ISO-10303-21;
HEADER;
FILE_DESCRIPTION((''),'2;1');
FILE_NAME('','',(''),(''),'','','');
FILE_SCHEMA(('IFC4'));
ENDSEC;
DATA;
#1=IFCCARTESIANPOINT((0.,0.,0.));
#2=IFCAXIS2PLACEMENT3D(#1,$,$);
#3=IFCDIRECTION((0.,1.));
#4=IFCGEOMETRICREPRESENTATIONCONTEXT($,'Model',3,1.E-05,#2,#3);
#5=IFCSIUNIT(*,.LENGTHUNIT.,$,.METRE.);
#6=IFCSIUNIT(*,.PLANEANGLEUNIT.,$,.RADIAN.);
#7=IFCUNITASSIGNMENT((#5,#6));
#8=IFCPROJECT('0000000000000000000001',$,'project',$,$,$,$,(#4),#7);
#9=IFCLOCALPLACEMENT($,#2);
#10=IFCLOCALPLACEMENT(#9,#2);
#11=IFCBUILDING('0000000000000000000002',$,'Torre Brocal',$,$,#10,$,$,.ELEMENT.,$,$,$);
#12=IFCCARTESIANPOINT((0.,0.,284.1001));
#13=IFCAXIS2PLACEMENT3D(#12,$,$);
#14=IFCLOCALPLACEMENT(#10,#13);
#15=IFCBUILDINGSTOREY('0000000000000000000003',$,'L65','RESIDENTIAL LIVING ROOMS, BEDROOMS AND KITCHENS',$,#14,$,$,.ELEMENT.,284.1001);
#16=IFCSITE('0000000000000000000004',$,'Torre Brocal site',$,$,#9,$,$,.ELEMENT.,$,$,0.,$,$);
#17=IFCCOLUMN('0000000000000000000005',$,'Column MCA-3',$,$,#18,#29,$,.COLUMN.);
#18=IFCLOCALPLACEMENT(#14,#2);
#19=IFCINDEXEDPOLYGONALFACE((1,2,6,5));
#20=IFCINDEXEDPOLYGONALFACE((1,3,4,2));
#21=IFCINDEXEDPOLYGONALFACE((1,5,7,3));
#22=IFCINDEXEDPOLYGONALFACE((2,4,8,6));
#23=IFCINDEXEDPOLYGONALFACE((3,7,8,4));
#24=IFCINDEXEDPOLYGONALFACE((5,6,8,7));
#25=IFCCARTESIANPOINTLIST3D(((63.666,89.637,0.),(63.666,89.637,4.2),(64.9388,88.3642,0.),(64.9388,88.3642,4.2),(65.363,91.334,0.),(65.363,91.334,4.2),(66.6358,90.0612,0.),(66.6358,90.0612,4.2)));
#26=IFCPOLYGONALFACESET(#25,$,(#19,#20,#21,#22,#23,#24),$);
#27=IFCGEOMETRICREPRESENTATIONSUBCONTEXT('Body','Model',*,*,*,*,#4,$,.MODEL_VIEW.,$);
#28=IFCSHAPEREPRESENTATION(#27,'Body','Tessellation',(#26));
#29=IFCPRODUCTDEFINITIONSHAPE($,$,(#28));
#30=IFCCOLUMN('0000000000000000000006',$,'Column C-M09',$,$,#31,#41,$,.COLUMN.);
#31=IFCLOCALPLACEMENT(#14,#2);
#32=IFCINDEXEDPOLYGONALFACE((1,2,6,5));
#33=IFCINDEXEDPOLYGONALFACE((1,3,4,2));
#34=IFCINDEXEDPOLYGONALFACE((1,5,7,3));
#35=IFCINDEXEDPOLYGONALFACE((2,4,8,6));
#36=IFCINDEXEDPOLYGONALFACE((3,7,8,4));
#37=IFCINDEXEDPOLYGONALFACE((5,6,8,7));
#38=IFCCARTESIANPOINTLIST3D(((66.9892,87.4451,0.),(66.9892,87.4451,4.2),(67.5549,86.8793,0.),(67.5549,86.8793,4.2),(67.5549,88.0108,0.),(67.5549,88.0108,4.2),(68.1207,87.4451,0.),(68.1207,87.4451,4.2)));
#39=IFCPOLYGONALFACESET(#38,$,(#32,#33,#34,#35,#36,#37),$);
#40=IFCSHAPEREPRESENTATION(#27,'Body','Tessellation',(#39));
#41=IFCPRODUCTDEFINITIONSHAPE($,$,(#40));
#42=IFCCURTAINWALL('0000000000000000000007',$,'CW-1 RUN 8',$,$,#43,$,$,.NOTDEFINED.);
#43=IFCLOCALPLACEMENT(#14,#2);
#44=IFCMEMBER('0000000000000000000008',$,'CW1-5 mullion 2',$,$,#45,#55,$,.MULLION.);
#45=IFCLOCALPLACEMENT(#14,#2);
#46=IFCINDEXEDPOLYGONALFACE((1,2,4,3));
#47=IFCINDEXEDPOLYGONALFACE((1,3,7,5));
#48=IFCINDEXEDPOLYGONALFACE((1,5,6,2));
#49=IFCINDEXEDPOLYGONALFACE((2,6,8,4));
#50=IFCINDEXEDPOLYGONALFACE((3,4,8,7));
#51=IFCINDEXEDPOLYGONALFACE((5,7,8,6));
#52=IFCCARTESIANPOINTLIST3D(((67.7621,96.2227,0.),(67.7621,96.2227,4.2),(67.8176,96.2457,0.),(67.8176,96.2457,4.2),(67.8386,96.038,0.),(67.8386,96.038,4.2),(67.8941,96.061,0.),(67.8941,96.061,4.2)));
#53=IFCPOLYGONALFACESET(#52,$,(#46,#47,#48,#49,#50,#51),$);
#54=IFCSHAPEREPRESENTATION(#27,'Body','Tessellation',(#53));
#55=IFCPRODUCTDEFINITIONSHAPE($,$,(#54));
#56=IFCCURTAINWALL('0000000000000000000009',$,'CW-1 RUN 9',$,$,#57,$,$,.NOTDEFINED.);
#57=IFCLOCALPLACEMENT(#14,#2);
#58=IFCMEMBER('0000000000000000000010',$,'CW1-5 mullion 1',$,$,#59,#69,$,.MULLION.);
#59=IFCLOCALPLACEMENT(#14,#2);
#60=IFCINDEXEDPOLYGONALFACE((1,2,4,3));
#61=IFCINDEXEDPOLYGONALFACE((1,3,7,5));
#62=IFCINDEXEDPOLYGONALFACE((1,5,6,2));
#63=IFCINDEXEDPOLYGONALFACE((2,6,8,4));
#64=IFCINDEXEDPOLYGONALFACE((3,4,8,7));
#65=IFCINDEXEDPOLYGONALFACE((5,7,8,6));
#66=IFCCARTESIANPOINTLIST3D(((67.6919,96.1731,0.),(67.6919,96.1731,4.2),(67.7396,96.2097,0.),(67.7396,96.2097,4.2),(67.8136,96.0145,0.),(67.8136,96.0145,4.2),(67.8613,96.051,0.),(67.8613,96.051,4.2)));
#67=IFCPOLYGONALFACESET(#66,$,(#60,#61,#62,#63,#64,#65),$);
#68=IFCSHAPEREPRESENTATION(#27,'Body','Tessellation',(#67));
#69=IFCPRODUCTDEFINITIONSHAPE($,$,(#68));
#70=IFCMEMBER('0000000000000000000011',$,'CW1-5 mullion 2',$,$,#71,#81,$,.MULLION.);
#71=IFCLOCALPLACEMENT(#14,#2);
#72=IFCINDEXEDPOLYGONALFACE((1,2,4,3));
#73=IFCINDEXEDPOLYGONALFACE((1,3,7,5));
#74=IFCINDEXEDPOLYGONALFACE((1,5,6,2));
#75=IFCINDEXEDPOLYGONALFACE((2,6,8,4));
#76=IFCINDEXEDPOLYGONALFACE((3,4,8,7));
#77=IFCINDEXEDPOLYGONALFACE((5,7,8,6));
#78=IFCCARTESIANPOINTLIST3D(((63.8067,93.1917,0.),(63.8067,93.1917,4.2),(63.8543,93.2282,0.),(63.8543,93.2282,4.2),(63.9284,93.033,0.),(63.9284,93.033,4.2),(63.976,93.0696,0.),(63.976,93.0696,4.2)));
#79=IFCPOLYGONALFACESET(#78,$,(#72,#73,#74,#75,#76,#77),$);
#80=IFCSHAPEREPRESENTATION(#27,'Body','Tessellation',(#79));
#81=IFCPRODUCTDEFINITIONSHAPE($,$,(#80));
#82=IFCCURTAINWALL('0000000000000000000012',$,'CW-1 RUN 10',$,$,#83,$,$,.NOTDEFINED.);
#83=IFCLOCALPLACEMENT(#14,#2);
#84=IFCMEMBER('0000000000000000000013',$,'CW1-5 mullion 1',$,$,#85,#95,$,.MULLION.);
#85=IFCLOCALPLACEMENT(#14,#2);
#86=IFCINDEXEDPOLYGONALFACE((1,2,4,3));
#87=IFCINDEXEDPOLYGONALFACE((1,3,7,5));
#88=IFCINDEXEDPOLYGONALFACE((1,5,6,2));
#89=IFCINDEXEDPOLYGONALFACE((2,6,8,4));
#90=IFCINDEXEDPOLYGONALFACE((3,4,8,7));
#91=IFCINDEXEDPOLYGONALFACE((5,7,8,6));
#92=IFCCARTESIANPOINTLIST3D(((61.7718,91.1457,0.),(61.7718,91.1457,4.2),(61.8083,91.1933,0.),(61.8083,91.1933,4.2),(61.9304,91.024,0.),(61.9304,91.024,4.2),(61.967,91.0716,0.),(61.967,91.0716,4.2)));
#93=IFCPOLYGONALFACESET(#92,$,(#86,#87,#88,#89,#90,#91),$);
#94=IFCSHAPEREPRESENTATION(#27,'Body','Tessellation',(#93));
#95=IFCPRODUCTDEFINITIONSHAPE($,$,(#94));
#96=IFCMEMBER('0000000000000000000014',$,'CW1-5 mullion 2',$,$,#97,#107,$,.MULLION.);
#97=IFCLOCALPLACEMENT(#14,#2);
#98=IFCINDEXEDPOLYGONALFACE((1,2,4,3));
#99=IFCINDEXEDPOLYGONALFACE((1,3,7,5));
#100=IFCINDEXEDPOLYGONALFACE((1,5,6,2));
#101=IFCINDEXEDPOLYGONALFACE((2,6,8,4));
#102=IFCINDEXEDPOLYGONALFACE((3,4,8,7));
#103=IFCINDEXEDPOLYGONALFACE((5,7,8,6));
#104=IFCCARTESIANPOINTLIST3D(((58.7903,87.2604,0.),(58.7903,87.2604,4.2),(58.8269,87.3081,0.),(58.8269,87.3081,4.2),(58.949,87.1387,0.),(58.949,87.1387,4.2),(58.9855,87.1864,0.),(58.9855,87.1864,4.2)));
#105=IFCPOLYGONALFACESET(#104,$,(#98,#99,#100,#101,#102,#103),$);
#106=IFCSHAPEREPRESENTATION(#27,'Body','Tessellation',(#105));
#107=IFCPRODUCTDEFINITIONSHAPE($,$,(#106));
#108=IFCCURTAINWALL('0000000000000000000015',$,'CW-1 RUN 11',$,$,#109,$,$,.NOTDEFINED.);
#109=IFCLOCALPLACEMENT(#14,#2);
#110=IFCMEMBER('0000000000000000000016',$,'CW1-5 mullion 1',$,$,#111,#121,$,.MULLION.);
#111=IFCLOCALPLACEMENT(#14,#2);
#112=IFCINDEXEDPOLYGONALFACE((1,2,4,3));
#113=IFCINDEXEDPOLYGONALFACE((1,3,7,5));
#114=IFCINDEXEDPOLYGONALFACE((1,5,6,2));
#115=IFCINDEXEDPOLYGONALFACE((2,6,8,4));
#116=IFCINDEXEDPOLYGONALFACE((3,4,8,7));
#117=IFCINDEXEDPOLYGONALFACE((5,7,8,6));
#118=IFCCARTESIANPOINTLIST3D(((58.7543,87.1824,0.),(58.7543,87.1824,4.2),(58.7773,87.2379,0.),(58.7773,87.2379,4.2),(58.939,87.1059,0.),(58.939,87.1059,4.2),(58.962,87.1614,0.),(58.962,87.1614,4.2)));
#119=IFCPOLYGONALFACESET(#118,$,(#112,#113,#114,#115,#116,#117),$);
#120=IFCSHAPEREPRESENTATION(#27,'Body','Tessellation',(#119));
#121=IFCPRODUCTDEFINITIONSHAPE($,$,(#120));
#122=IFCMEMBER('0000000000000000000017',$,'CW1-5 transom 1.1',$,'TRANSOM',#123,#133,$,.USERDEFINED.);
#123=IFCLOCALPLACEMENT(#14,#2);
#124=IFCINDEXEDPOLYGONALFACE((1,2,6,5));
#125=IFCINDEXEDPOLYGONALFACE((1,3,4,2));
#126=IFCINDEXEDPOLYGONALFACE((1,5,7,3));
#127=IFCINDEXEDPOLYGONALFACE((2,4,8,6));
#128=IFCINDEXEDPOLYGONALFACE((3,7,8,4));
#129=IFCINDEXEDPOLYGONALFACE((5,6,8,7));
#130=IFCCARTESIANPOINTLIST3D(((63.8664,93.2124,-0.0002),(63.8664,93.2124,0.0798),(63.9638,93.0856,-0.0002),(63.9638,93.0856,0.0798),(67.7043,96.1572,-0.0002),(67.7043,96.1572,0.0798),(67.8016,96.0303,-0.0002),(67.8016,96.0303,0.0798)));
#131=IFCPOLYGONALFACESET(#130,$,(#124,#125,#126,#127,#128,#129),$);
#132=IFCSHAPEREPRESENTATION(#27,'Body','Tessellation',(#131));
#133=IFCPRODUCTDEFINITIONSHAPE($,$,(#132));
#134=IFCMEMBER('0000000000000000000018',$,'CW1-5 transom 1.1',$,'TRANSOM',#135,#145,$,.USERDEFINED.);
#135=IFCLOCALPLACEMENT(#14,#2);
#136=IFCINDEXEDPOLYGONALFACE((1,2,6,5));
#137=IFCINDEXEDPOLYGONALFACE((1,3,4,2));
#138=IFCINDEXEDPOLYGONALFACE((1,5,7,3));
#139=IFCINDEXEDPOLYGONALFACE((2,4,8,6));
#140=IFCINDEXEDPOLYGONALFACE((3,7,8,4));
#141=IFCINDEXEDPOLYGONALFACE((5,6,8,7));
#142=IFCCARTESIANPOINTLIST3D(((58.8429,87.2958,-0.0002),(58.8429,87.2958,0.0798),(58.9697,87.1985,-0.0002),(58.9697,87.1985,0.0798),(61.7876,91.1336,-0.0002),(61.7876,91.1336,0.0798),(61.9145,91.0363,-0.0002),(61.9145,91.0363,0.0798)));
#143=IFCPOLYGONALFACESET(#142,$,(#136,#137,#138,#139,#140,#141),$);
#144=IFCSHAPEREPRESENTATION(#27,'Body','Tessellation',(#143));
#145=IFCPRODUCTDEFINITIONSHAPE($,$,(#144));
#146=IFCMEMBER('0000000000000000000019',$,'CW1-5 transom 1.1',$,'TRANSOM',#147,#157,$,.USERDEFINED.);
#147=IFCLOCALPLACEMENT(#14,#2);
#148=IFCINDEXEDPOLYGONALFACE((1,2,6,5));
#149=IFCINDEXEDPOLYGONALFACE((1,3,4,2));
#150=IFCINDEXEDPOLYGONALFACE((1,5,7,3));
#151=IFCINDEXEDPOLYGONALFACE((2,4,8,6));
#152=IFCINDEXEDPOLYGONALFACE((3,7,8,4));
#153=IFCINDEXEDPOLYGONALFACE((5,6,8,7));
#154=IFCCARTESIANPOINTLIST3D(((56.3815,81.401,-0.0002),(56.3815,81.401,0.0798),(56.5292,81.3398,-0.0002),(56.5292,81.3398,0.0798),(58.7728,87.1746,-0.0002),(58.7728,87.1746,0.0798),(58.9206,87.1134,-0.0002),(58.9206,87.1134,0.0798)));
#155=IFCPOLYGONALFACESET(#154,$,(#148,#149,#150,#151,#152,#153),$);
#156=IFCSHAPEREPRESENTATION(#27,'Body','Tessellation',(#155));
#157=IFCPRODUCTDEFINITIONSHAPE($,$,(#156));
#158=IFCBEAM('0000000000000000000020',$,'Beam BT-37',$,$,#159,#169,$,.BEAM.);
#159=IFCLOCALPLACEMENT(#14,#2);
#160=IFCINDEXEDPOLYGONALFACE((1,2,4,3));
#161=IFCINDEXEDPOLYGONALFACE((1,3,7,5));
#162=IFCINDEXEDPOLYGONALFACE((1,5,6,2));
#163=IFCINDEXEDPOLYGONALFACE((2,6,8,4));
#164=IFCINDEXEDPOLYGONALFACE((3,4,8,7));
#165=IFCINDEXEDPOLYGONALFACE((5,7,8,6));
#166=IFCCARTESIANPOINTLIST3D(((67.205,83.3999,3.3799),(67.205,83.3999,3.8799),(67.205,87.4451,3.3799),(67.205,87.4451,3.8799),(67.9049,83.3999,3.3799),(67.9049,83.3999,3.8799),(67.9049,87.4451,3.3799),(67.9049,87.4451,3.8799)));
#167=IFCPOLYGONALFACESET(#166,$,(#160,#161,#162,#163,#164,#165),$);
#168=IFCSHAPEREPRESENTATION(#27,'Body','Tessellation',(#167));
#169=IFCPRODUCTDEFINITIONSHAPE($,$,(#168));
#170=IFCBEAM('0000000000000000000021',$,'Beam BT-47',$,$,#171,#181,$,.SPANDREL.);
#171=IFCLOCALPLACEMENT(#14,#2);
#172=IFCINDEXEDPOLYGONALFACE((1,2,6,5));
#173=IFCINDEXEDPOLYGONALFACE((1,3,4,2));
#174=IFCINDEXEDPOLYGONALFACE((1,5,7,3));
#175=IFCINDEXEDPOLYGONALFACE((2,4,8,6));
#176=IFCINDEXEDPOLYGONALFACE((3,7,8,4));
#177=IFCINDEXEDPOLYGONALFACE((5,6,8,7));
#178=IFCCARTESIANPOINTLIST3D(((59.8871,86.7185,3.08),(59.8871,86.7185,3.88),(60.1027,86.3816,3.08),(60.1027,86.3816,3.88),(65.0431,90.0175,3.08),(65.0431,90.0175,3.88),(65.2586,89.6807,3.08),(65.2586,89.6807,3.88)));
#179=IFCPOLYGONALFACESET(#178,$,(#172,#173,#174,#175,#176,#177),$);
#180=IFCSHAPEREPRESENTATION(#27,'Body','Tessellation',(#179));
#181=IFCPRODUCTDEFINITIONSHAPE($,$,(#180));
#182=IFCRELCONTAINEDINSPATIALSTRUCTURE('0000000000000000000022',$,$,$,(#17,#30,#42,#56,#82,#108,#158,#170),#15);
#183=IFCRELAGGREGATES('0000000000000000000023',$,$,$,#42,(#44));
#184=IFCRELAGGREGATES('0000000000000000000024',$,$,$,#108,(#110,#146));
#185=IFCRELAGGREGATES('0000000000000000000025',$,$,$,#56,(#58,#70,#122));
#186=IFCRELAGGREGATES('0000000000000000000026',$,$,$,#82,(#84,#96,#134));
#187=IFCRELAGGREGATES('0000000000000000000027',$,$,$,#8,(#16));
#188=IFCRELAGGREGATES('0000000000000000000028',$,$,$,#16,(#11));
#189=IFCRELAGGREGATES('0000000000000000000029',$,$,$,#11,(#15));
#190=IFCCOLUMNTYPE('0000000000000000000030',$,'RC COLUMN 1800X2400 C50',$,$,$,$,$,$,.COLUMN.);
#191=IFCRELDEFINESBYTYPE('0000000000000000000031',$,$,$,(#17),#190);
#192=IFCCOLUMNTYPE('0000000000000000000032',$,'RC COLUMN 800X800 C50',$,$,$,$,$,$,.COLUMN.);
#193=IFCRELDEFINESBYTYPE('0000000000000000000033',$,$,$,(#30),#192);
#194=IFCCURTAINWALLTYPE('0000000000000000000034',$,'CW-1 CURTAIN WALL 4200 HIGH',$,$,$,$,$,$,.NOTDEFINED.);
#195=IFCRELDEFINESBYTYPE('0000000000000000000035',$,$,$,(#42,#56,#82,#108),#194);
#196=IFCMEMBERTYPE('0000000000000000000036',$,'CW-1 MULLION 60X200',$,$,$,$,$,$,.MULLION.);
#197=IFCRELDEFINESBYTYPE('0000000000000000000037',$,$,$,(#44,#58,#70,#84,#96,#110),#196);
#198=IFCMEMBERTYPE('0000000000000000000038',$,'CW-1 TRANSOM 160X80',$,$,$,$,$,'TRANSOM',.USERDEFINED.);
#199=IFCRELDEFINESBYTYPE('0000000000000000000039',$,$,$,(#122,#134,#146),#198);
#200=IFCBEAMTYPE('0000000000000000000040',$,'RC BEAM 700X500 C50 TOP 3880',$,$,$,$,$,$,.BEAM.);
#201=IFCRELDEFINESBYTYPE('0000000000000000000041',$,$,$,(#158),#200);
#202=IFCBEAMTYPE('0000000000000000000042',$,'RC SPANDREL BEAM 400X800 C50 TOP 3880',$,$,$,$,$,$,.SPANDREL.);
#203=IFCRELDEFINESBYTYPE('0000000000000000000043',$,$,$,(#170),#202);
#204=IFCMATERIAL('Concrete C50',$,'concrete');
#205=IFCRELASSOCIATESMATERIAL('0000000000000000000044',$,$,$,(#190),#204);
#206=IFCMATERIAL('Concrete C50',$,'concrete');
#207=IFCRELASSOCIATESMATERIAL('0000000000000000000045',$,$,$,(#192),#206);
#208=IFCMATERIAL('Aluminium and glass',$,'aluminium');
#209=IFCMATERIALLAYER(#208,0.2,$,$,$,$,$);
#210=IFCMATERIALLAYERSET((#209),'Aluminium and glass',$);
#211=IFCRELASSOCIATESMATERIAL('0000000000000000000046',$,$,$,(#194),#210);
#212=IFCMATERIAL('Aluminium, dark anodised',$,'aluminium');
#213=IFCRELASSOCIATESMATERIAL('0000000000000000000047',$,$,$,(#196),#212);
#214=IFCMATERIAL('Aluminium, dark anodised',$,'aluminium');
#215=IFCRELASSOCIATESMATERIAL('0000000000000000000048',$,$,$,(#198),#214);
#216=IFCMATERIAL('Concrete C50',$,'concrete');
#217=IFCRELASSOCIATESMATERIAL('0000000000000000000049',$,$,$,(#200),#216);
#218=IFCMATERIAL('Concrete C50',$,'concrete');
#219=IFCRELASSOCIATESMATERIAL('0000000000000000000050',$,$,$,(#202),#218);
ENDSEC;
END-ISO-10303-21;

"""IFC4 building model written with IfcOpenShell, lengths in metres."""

from ifc_helpers import new_model, si_unit, direction, frame, origin, origin_2d, place, context, subcontext, project, spatial, rectangle, extrude, material, layer, layer_set, material_profile, profile_set, type_object, element, aggregate, save


model = new_model("IFC4")

# Units and contexts
model_context = context("Model", 3, precision=1e-05, world=origin(), true_north=direction((0.0, 1.0)))
body_context = subcontext(model_context, "Body", "Model", "MODEL_VIEW")
ifc_project = project(units=[si_unit("LENGTHUNIT", "METRE"), si_unit("PLANEANGLEUNIT", "RADIAN")], contexts=[model_context])

# Site, building, storey
site_placement = place(None, origin())
site = spatial("IfcSite", under=ifc_project, at=site_placement, Name="Torre Brocal site", CompositionType="ELEMENT", RefElevation=0.0)
building_placement = place(site_placement, origin())
building = spatial("IfcBuilding", under=site, at=building_placement, Name="Torre Brocal", CompositionType="ELEMENT")
storey_placement = place(building_placement, frame((0.0, 0.0, 284.1001)))
storey = spatial("IfcBuildingStorey", under=building, at=storey_placement, Name="L65", Description="RESIDENTIAL LIVING ROOMS, BEDROOMS AND KITCHENS", CompositionType="ELEMENT", Elevation=284.1001)

# Columns
ifc_material_1 = material(Name="Concrete C50", Category="concrete")
ifc_material_profile_1 = material_profile(ifc_material_1, rectangle(XDim=1.8, YDim=2.3999, at=origin_2d()), Name="RC 1800X2400")
ifc_profile_set_1 = profile_set([ifc_material_profile_1], Name="Concrete C50")
column_type_1 = type_object("IfcColumnType", Name="RC COLUMN 1800X2400 C50", PredefinedType="COLUMN", material=ifc_profile_set_1)
column_1_placement = place(storey_placement, frame((65.1509, 89.8491, 0.0), z_axis=(0.0, 0.0, 1.0), x_axis=(-0.707107, 0.707107, 0.0)))
element("IfcColumn", 1, at=column_1_placement, inside=storey, type_object=column_type_1, Name="Column MCA-3", PredefinedType="COLUMN", context=body_context, shape_type="SweptSolid", body=[
    extrude(rectangle(XDim=1.8, YDim=2.3999, at=origin_2d()), origin(), (0.0, 0.0, 1.0), 4.2),
])
ifc_material_2 = material(Name="Concrete C50", Category="concrete")
ifc_material_profile_2 = material_profile(ifc_material_2, rectangle(XDim=0.8, YDim=0.8, at=origin_2d()), Name="RC 800X800")
ifc_profile_set_2 = profile_set([ifc_material_profile_2], Name="Concrete C50")
column_type_2 = type_object("IfcColumnType", Name="RC COLUMN 800X800 C50", PredefinedType="COLUMN", material=ifc_profile_set_2)
column_2_placement = place(storey_placement, frame((67.5549, 87.4451, 0.0), z_axis=(0.0, 0.0, 1.0), x_axis=(-0.707107, 0.707107, 0.0)))
element("IfcColumn", 2, at=column_2_placement, inside=storey, type_object=column_type_2, Name="Column C-M09", PredefinedType="COLUMN", context=body_context, shape_type="SweptSolid", body=[
    extrude(rectangle(XDim=0.8, YDim=0.8, at=origin_2d()), origin(), (0.0, 0.0, 1.0), 4.2),
])

# Curtain wall, member
ifc_material_3 = material(Name="Aluminium and glass", Category="aluminium")
ifc_layer_1 = layer(ifc_material_3, 0.2)
ifc_layer_set_1 = layer_set([ifc_layer_1], Name="Aluminium and glass")
curtain_wall_type = type_object("IfcCurtainWallType", Name="CW-1 CURTAIN WALL 4200 HIGH", PredefinedType="NOTDEFINED", material=ifc_layer_set_1)
curtain_wall_1_placement = place(storey_placement, origin())
curtain_wall_1 = element("IfcCurtainWall", 3, at=curtain_wall_1_placement, inside=storey, type_object=curtain_wall_type, Name="CW-1 RUN 8", PredefinedType="NOTDEFINED")
ifc_material_4 = material(Name="Aluminium, dark anodised", Category="aluminium")
ifc_material_profile_3 = material_profile(ifc_material_4, rectangle(XDim=0.2, YDim=0.0601, at=origin_2d()), Name="CW-1 MULLION 60X200")
ifc_profile_set_3 = profile_set([ifc_material_profile_3], Name="Aluminium, dark anodised")
member_type_1 = type_object("IfcMemberType", Name="CW-1 MULLION 60X200", PredefinedType="MULLION", material=ifc_profile_set_3)
member_1_placement = place(storey_placement, frame((67.8281, 96.1418, 0.0), z_axis=(0.0, 0.0, 1.0), x_axis=(0.382683, -0.92388, 0.0)))
member_1 = element("IfcMember", 4, at=member_1_placement, type_object=member_type_1, Name="CW1-5 mullion 2", PredefinedType="MULLION", context=body_context, shape_type="SweptSolid", body=[
    extrude(rectangle(XDim=0.2, YDim=0.0601, at=origin_2d()), origin(), (0.0, 0.0, 1.0), 4.2),
])
aggregate(curtain_wall_1, [member_1])

# Curtain walls, members
curtain_wall_2_placement = place(storey_placement, origin())
curtain_wall_2 = element("IfcCurtainWall", 5, at=curtain_wall_2_placement, inside=storey, type_object=curtain_wall_type, Name="CW-1 RUN 9", PredefinedType="NOTDEFINED")
member_2_placement = place(storey_placement, frame((67.7766, 96.1121, 0.0), z_axis=(0.0, 0.0, 1.0), x_axis=(0.608761, -0.793353, 0.0)))
member_2 = element("IfcMember", 6, at=member_2_placement, type_object=member_type_1, Name="CW1-5 mullion 1", PredefinedType="MULLION", context=body_context, shape_type="SweptSolid", body=[
    extrude(rectangle(XDim=0.2, YDim=0.0601, at=origin_2d()), origin(), (0.0, 0.0, 1.0), 4.2),
])
member_3_placement = place(storey_placement, frame((63.8914, 93.1306, 0.0), z_axis=(0.0, 0.0, 1.0), x_axis=(0.608761, -0.793353, 0.0)))
member_3 = element("IfcMember", 7, at=member_3_placement, type_object=member_type_1, Name="CW1-5 mullion 2", PredefinedType="MULLION", context=body_context, shape_type="SweptSolid", body=[
    extrude(rectangle(XDim=0.2, YDim=0.0601, at=origin_2d()), origin(), (0.0, 0.0, 1.0), 4.2),
])
curtain_wall_3_placement = place(storey_placement, origin())
curtain_wall_3 = element("IfcCurtainWall", 8, at=curtain_wall_3_placement, inside=storey, type_object=curtain_wall_type, Name="CW-1 RUN 10", PredefinedType="NOTDEFINED")
member_4_placement = place(storey_placement, frame((61.8694, 91.1086, 0.0), z_axis=(0.0, 0.0, 1.0), x_axis=(0.793353, -0.608761, 0.0)))
member_4 = element("IfcMember", 9, at=member_4_placement, type_object=member_type_1, Name="CW1-5 mullion 1", PredefinedType="MULLION", context=body_context, shape_type="SweptSolid", body=[
    extrude(rectangle(XDim=0.2, YDim=0.0601, at=origin_2d()), origin(), (0.0, 0.0, 1.0), 4.2),
])
member_5_placement = place(storey_placement, frame((58.8879, 87.2234, 0.0), z_axis=(0.0, 0.0, 1.0), x_axis=(0.793353, -0.608761, 0.0)))
member_5 = element("IfcMember", 10, at=member_5_placement, type_object=member_type_1, Name="CW1-5 mullion 2", PredefinedType="MULLION", context=body_context, shape_type="SweptSolid", body=[
    extrude(rectangle(XDim=0.2, YDim=0.0601, at=origin_2d()), origin(), (0.0, 0.0, 1.0), 4.2),
])

# Curtain wall, member
curtain_wall_4_placement = place(storey_placement, origin())
curtain_wall_4 = element("IfcCurtainWall", 11, at=curtain_wall_4_placement, inside=storey, type_object=curtain_wall_type, Name="CW-1 RUN 11", PredefinedType="NOTDEFINED")
member_6_placement = place(storey_placement, frame((58.8582, 87.1719, 0.0), z_axis=(0.0, 0.0, 1.0), x_axis=(0.92388, -0.382683, 0.0)))
member_6 = element("IfcMember", 12, at=member_6_placement, type_object=member_type_1, Name="CW1-5 mullion 1", PredefinedType="MULLION", context=body_context, shape_type="SweptSolid", body=[
    extrude(rectangle(XDim=0.2, YDim=0.0601, at=origin_2d()), origin(), (0.0, 0.0, 1.0), 4.2),
])

# Members
ifc_material_5 = material(Name="Aluminium, dark anodised", Category="aluminium")
ifc_material_profile_4 = material_profile(ifc_material_5, rectangle(XDim=0.1599, YDim=0.0801, at=origin_2d()), Name="CW-1 TRANSOM 160X80")
ifc_profile_set_4 = profile_set([ifc_material_profile_4], Name="Aluminium, dark anodised")
member_type_2 = type_object("IfcMemberType", Name="CW-1 TRANSOM 160X80", ElementType="TRANSOM", PredefinedType="USERDEFINED", material=ifc_profile_set_4)
member_7_placement = place(storey_placement, frame((67.7529, 96.0938, 0.0398), z_axis=(-0.793363, -0.608749, 0.0), x_axis=(0.608749, -0.793363, 0.0)))
member_7 = element("IfcMember", 13, at=member_7_placement, type_object=member_type_2, Name="CW1-5 transom 1.1", ObjectType="TRANSOM", PredefinedType="USERDEFINED", context=body_context, shape_type="SweptSolid", body=[
    extrude(rectangle(XDim=0.1599, YDim=0.0801, at=origin_2d()), origin(), (0.0, 0.0, 1.0), 4.8374),
])
member_8_placement = place(storey_placement, frame((61.8511, 91.085, 0.0398), z_axis=(-0.608749, -0.793363, 0.0), x_axis=(0.793363, -0.608749, 0.0)))
member_8 = element("IfcMember", 14, at=member_8_placement, type_object=member_type_2, Name="CW1-5 transom 1.1", ObjectType="TRANSOM", PredefinedType="USERDEFINED", context=body_context, shape_type="SweptSolid", body=[
    extrude(rectangle(XDim=0.1599, YDim=0.0801, at=origin_2d()), origin(), (0.0, 0.0, 1.0), 4.8374),
])
member_9_placement = place(storey_placement, frame((58.8467, 87.144, 0.0398), z_axis=(-0.382659, -0.92389, 0.0), x_axis=(0.92389, -0.382659, 0.0)))
member_9 = element("IfcMember", 15, at=member_9_placement, type_object=member_type_2, Name="CW1-5 transom 1.1", ObjectType="TRANSOM", PredefinedType="USERDEFINED", context=body_context, shape_type="SweptSolid", body=[
    extrude(rectangle(XDim=0.1599, YDim=0.0801, at=origin_2d()), origin(), (0.0, 0.0, 1.0), 6.2493),
])
aggregate(curtain_wall_4, [member_6, member_9])

# Beams
ifc_material_6 = material(Name="Concrete C50", Category="concrete")
ifc_material_profile_5 = material_profile(ifc_material_6, rectangle(XDim=0.7, YDim=0.5, at=origin_2d()), Name="RC 700X500")
ifc_profile_set_5 = profile_set([ifc_material_profile_5], Name="Concrete C50")
beam_type_1 = type_object("IfcBeamType", Name="RC BEAM 700X500 C50 TOP 3880", PredefinedType="BEAM", material=ifc_profile_set_5)
beam_1_placement = place(storey_placement, frame((67.5549, 87.4451, 3.6299), z_axis=(0.0, -1.0, 0.0), x_axis=(1.0, 0.0, 0.0)))
element("IfcBeam", 16, at=beam_1_placement, inside=storey, type_object=beam_type_1, Name="Beam BT-37", PredefinedType="BEAM", context=body_context, shape_type="SweptSolid", body=[
    extrude(rectangle(XDim=0.7, YDim=0.5, at=origin_2d()), origin(), (0.0, 0.0, 1.0), 4.0452),
])
ifc_material_7 = material(Name="Concrete C50", Category="concrete")
ifc_material_profile_6 = material_profile(ifc_material_7, rectangle(XDim=0.3999, YDim=0.8, at=origin_2d()), Name="RC 400X800")
ifc_profile_set_6 = profile_set([ifc_material_profile_6], Name="Concrete C50")
beam_type_2 = type_object("IfcBeamType", Name="RC SPANDREL BEAM 400X800 C50 TOP 3880", PredefinedType="SPANDREL", material=ifc_profile_set_6)
beam_2_placement = place(storey_placement, frame((65.1509, 89.8491, 3.48), z_axis=(-0.842329, -0.538964, 0.0), x_axis=(0.538964, -0.842329, 0.0)))
element("IfcBeam", 17, at=beam_2_placement, inside=storey, type_object=beam_type_2, Name="Beam BT-47", PredefinedType="SPANDREL", context=body_context, shape_type="SweptSolid", body=[
    extrude(rectangle(XDim=0.3999, YDim=0.8, at=origin_2d()), origin(), (0.0, 0.0, 1.0), 6.1211),
])

aggregate(curtain_wall_2, [member_2, member_3, member_7])
aggregate(curtain_wall_3, [member_4, member_5, member_8])

save(model, "model.ifc")
